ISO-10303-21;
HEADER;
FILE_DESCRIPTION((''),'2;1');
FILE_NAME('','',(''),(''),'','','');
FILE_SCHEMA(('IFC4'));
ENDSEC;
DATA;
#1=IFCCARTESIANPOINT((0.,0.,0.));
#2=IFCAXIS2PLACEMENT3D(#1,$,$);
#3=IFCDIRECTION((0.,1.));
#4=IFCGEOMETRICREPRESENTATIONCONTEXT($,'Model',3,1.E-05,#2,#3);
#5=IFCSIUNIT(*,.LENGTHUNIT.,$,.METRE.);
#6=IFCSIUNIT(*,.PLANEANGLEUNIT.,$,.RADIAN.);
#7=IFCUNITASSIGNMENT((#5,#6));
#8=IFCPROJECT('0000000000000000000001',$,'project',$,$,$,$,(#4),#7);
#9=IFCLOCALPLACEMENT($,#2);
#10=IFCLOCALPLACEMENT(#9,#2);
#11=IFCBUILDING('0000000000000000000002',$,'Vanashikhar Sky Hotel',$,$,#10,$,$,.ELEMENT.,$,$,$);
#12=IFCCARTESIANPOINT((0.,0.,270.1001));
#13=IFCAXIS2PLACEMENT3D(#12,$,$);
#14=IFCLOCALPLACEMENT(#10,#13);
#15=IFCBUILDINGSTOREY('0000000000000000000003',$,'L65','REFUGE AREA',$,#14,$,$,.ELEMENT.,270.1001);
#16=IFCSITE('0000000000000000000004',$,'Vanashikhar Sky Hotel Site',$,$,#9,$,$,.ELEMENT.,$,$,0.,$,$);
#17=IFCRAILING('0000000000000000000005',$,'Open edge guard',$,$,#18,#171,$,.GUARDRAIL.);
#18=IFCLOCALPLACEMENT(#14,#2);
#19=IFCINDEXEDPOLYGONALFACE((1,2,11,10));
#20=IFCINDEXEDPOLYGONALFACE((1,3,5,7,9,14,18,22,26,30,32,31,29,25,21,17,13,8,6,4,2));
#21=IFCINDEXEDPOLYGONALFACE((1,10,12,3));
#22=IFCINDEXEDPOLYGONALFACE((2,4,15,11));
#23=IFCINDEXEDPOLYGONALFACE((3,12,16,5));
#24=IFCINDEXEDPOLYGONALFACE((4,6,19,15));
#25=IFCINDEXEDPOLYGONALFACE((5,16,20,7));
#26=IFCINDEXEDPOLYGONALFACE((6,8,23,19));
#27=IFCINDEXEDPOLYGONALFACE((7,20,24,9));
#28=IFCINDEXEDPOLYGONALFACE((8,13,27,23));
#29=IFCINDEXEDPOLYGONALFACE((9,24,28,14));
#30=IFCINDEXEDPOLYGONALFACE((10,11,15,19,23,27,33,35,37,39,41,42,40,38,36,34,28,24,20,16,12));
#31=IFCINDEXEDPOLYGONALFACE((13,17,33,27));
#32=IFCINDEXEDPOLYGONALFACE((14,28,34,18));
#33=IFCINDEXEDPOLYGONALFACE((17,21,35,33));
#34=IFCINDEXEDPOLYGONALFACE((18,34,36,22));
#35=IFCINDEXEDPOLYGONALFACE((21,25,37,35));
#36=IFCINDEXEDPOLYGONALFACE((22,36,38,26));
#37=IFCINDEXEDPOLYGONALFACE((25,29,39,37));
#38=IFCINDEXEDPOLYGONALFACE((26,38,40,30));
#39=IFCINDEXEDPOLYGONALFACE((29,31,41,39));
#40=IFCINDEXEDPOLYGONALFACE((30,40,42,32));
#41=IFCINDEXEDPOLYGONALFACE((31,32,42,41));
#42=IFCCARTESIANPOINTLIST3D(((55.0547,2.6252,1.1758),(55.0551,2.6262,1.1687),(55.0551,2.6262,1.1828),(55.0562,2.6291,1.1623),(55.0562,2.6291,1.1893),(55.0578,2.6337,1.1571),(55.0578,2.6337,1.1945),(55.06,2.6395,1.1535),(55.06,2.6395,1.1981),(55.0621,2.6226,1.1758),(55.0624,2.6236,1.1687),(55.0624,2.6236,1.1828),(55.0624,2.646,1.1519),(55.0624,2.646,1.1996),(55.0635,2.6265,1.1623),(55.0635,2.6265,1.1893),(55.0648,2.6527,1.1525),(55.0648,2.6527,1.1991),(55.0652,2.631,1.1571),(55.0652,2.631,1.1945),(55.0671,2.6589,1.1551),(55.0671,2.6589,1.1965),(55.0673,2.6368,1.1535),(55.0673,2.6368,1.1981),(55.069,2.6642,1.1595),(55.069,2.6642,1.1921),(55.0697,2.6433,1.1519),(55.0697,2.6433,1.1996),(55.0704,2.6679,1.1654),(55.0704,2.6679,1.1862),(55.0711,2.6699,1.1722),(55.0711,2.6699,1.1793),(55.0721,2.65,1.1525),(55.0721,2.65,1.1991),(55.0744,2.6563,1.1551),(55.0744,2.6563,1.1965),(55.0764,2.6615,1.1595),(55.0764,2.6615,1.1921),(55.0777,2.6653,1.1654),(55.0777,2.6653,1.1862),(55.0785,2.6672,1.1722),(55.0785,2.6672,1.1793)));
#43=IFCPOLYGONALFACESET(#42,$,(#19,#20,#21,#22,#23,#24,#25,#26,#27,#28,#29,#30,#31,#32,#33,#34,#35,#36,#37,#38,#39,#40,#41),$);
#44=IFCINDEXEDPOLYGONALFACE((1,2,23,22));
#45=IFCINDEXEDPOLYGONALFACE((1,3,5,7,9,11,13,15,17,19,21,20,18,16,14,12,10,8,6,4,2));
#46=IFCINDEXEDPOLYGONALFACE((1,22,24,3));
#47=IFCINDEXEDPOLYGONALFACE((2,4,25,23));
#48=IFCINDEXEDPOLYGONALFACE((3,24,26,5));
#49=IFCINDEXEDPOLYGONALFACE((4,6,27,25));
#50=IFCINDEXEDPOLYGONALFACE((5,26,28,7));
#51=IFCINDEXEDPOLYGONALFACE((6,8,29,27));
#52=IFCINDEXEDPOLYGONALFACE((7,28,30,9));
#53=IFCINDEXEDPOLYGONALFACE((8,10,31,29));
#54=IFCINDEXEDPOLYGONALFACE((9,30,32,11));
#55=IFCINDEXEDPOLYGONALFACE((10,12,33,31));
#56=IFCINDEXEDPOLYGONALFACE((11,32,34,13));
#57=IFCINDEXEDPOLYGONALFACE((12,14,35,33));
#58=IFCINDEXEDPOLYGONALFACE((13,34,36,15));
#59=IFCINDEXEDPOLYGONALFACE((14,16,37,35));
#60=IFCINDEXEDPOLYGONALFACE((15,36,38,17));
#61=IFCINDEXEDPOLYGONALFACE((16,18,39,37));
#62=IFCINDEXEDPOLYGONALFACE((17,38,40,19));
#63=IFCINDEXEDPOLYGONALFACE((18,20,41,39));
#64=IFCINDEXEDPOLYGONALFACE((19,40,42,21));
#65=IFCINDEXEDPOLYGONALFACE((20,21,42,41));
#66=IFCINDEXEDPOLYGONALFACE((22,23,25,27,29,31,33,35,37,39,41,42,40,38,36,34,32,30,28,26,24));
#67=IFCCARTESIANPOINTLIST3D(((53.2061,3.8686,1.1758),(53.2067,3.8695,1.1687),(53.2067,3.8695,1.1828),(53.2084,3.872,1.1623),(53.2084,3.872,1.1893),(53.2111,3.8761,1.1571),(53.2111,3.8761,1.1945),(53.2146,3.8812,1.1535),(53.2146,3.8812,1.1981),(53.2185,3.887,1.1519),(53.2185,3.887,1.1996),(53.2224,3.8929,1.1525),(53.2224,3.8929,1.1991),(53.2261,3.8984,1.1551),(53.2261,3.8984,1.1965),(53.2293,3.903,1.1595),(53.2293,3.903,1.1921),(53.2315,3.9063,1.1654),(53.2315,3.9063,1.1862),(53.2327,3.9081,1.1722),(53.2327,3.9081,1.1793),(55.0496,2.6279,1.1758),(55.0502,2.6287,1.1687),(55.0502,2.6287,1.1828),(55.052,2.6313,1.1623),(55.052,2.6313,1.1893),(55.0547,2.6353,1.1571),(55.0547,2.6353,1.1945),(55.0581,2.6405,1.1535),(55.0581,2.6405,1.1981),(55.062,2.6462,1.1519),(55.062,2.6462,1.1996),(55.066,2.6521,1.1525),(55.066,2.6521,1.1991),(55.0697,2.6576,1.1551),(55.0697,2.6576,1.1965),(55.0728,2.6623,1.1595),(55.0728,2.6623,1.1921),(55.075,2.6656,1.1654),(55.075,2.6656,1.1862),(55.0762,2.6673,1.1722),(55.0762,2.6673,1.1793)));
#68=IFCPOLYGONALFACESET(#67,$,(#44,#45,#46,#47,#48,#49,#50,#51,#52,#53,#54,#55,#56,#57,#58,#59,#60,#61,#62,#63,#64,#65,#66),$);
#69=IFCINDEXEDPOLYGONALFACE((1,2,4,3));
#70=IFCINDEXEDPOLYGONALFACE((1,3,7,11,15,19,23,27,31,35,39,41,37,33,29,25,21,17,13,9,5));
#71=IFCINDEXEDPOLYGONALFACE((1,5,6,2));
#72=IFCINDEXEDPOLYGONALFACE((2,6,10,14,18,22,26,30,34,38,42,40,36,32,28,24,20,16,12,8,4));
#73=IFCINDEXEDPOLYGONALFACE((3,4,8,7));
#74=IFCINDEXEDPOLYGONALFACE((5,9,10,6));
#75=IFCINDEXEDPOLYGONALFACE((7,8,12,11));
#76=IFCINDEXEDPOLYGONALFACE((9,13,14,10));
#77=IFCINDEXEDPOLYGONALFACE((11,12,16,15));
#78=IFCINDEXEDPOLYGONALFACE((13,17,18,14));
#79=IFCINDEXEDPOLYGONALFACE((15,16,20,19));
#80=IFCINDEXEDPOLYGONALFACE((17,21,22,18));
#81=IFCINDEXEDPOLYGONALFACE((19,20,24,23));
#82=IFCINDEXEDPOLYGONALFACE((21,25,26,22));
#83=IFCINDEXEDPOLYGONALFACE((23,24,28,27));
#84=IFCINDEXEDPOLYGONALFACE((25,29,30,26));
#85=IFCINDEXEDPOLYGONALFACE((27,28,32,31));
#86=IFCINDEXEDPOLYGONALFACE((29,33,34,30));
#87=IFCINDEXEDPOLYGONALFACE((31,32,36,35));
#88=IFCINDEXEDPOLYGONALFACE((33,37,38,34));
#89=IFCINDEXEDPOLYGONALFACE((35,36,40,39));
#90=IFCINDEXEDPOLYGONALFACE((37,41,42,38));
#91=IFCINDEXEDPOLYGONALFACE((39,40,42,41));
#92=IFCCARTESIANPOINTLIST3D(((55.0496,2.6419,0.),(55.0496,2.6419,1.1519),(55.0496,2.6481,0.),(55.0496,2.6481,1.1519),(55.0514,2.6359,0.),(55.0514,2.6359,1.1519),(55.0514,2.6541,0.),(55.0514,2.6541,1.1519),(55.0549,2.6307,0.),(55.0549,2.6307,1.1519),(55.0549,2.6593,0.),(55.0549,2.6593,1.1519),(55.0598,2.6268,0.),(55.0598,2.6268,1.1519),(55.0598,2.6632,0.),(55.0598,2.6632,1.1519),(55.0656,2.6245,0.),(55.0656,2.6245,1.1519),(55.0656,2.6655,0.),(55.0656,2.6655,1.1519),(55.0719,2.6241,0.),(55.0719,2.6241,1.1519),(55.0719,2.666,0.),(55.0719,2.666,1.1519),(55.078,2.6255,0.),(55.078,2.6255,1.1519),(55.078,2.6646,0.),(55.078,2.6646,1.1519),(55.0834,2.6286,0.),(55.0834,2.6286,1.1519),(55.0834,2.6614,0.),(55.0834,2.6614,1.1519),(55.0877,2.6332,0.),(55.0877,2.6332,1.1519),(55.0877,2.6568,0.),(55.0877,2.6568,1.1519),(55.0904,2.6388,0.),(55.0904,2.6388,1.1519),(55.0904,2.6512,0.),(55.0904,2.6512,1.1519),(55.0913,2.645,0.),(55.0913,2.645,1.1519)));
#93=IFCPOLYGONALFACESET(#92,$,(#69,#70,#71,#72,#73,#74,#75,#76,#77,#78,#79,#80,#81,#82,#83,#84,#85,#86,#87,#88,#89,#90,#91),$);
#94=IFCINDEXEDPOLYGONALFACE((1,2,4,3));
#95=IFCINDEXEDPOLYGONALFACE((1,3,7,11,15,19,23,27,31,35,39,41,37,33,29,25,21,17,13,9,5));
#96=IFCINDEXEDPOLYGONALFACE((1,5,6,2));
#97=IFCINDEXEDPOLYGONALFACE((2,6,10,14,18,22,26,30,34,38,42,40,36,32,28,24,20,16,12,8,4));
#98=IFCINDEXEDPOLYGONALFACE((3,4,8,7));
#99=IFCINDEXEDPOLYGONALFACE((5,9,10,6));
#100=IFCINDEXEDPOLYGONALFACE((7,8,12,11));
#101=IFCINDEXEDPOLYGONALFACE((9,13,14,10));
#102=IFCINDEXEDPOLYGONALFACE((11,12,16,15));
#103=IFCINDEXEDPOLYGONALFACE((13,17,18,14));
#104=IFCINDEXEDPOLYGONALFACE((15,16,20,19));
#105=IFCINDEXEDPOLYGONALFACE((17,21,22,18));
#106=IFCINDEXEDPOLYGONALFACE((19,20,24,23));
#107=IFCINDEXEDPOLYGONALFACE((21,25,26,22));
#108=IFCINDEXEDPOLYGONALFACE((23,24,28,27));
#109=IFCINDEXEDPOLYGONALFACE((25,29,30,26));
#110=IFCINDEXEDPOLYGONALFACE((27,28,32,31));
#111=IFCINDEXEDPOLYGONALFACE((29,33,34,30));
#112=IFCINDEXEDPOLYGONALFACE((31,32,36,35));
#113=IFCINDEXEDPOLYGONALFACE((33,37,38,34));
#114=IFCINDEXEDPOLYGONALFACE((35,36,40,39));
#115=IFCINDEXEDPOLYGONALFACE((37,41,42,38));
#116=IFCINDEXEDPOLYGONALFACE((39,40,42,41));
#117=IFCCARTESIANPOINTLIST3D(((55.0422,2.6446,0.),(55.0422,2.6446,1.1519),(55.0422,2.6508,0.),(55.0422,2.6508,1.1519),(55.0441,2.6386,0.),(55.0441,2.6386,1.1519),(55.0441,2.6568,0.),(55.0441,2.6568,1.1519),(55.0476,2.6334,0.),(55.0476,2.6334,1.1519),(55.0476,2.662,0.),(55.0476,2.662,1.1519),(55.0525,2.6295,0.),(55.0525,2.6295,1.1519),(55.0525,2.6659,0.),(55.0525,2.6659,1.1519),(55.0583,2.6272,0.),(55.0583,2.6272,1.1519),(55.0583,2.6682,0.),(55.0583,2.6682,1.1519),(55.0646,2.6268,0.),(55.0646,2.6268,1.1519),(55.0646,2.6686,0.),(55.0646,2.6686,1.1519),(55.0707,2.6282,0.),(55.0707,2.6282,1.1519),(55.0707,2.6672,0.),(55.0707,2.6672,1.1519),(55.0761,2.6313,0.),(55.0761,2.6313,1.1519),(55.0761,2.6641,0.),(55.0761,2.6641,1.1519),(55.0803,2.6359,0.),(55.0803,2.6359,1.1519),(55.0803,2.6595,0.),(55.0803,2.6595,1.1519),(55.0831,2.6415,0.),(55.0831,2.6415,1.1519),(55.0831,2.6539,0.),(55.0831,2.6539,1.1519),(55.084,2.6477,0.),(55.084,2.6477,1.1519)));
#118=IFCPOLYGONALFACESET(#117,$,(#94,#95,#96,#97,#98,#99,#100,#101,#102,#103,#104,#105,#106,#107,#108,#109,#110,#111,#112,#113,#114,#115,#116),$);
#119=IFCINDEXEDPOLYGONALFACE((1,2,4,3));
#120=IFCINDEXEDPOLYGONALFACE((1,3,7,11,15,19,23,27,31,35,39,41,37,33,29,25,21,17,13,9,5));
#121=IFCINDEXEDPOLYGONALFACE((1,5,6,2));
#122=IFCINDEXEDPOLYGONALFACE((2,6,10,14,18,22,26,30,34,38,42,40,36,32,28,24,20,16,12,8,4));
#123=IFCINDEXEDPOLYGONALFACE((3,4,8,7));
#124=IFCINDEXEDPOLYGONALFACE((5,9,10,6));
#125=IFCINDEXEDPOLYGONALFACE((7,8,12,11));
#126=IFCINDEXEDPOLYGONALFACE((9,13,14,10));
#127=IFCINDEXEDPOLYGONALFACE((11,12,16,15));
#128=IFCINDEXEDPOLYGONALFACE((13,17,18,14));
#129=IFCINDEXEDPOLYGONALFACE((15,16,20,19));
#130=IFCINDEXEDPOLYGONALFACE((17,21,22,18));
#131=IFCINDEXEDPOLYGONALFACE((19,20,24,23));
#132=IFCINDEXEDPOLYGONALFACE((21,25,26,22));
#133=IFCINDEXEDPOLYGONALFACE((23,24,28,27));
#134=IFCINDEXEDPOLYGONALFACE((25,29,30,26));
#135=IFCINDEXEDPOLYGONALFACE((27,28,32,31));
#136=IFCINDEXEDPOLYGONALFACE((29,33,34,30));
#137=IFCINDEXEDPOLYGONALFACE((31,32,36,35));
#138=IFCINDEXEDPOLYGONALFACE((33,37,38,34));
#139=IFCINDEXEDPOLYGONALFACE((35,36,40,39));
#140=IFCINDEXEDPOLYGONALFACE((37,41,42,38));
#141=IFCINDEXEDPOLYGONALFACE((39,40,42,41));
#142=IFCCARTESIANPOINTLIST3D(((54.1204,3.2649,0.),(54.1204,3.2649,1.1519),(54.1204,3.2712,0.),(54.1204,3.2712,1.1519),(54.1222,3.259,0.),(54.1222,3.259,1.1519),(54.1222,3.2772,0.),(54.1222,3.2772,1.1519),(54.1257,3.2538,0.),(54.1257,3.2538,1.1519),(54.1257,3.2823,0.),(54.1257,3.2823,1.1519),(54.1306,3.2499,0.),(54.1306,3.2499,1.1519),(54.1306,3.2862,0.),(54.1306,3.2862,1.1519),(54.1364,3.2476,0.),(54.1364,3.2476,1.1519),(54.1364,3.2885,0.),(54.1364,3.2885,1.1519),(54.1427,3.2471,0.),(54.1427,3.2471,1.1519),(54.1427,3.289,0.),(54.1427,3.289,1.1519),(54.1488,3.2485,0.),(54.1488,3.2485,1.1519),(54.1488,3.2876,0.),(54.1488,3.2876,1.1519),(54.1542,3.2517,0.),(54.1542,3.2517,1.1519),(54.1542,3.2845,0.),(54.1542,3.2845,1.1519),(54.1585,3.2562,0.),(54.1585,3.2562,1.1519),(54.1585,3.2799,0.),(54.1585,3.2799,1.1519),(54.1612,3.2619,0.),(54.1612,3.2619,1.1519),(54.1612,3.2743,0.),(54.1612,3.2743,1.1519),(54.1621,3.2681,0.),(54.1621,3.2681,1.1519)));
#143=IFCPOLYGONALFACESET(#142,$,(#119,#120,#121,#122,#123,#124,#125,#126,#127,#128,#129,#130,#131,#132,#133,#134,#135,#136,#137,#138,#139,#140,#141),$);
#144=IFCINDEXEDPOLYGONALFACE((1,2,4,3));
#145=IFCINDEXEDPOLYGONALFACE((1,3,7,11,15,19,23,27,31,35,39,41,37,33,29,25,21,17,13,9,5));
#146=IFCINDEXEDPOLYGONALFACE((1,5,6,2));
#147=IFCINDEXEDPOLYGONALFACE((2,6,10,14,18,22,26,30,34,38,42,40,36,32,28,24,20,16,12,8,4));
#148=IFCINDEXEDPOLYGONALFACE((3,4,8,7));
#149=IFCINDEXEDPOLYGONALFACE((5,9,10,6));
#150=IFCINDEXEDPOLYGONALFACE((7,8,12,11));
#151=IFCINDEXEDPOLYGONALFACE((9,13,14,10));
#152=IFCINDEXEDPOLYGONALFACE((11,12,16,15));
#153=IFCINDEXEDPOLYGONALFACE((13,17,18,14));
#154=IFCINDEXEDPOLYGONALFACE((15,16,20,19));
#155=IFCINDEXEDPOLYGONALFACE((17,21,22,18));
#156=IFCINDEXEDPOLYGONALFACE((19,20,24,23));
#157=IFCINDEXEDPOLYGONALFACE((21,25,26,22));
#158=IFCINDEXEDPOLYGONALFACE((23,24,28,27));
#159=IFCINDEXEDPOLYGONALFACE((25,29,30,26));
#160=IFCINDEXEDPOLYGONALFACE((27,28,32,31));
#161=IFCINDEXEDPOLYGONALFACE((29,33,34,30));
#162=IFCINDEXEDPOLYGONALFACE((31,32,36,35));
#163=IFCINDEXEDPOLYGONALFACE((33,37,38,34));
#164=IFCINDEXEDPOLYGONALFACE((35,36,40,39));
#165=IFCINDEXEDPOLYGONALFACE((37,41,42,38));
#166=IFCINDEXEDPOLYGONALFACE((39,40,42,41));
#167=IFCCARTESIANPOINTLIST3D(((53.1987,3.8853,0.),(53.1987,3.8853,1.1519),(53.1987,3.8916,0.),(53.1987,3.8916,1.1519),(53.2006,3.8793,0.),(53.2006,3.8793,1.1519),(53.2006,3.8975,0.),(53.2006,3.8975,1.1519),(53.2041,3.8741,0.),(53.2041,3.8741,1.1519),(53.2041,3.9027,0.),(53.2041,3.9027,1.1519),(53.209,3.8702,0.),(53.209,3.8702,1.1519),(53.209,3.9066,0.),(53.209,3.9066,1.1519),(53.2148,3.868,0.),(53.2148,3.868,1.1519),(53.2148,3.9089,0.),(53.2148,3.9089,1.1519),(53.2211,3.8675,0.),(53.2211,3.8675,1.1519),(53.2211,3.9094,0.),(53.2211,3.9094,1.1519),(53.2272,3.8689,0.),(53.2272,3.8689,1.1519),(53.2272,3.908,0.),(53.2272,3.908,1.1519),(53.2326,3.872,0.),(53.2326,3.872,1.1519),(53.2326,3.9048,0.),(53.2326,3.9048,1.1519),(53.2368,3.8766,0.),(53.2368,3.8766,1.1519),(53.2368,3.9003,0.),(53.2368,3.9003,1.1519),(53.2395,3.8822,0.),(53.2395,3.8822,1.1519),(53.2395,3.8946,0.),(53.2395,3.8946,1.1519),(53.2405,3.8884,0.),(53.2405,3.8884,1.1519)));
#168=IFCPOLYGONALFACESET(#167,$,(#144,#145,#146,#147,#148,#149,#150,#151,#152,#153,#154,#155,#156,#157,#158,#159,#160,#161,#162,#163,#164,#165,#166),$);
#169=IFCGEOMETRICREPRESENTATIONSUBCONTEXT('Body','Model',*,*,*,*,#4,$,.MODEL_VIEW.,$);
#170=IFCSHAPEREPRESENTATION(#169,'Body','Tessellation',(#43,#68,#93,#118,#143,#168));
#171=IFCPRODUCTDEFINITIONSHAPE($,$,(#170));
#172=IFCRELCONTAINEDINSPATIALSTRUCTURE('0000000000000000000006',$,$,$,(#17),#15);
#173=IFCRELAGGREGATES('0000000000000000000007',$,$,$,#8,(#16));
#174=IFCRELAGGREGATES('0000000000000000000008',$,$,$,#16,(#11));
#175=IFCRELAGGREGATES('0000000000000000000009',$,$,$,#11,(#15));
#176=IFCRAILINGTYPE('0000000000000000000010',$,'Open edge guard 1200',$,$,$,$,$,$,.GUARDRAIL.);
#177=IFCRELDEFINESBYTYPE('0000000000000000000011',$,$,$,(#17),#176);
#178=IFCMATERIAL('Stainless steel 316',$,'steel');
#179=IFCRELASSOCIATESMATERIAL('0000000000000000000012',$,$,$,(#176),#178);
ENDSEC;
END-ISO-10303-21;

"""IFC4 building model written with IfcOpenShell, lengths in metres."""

from ifc_helpers import new_model, si_unit, direction, frame, origin, origin_2d, place, context, subcontext, project, spatial, circle, extrude, source, transform, mapped, material, type_object, element, save


model = new_model("IFC4")

# Units and contexts
model_context = context("Model", 3, precision=1e-05, world=origin(), true_north=direction((0.0, 1.0)))
body_context = subcontext(model_context, "Body", "Model", "MODEL_VIEW")
ifc_project = project(units=[si_unit("LENGTHUNIT", "METRE"), si_unit("PLANEANGLEUNIT", "RADIAN")], contexts=[model_context])

# Site, building, storey
site_placement = place(None, origin())
site = spatial("IfcSite", under=ifc_project, at=site_placement, Name="Vanashikhar Sky Hotel Site", CompositionType="ELEMENT", RefElevation=0.0)
building_placement = place(site_placement, origin())
building = spatial("IfcBuilding", under=site, at=building_placement, Name="Vanashikhar Sky Hotel", CompositionType="ELEMENT")
storey_placement = place(building_placement, frame((0.0, 0.0, 270.1001)))
storey = spatial("IfcBuildingStorey", under=building, at=storey_placement, Name="L65", Description="REFUGE AREA", CompositionType="ELEMENT", Elevation=270.1001)

# Railing
ifc_material_1 = material(Name="Stainless steel 316", Category="steel")
railing_type = type_object("IfcRailingType", Name="Open edge guard 1200", PredefinedType="GUARDRAIL", material=ifc_material_1)
shared_shape_1 = source(origin(), body_context, "Body", "SweptSolid", [
    extrude(circle(Radius=0.0239, at=origin_2d()), frame((0.0, 0.0, 1.1758), z_axis=(-0.938876, 0.344255, 0.0), x_axis=(-0.344255, -0.938876, 0.0)), (0.0, 0.0, 1.0), 0.0078),
    extrude(circle(Radius=0.0239, at=origin_2d()), frame((-0.0073, 0.0027, 1.1758), z_axis=(-0.829608, 0.558346, 0.0), x_axis=(-0.558346, -0.829608, 0.0)), (0.0, 0.0, 1.0), 2.2222),
    extrude(circle(Radius=0.021, at=origin_2d()), origin(), (0.0, 0.0, 1.0), 1.1519),
    extrude(circle(Radius=0.021, at=origin_2d()), frame((-0.0073, 0.0027, 0.0)), (0.0, 0.0, 1.0), 1.1519),
    extrude(circle(Radius=0.021, at=origin_2d()), frame((-0.9292, 0.623, 0.0)), (0.0, 0.0, 1.0), 1.1519),
    extrude(circle(Radius=0.021, at=origin_2d()), frame((-1.8508, 1.2434, 0.0)), (0.0, 0.0, 1.0), 1.1519),
])
railing_1_placement = place(storey_placement, frame((55.0703, 2.645, 0.0)))
element("IfcRailing", 1, at=railing_1_placement, inside=storey, type_object=railing_type, Name="Open edge guard", PredefinedType="GUARDRAIL", context=body_context, shape_type="MappedRepresentation", body=[
    mapped(shared_shape_1, transform((0.0, 0.0, 0.0), scale=1.0)),
])

save(model, "model.ifc")
